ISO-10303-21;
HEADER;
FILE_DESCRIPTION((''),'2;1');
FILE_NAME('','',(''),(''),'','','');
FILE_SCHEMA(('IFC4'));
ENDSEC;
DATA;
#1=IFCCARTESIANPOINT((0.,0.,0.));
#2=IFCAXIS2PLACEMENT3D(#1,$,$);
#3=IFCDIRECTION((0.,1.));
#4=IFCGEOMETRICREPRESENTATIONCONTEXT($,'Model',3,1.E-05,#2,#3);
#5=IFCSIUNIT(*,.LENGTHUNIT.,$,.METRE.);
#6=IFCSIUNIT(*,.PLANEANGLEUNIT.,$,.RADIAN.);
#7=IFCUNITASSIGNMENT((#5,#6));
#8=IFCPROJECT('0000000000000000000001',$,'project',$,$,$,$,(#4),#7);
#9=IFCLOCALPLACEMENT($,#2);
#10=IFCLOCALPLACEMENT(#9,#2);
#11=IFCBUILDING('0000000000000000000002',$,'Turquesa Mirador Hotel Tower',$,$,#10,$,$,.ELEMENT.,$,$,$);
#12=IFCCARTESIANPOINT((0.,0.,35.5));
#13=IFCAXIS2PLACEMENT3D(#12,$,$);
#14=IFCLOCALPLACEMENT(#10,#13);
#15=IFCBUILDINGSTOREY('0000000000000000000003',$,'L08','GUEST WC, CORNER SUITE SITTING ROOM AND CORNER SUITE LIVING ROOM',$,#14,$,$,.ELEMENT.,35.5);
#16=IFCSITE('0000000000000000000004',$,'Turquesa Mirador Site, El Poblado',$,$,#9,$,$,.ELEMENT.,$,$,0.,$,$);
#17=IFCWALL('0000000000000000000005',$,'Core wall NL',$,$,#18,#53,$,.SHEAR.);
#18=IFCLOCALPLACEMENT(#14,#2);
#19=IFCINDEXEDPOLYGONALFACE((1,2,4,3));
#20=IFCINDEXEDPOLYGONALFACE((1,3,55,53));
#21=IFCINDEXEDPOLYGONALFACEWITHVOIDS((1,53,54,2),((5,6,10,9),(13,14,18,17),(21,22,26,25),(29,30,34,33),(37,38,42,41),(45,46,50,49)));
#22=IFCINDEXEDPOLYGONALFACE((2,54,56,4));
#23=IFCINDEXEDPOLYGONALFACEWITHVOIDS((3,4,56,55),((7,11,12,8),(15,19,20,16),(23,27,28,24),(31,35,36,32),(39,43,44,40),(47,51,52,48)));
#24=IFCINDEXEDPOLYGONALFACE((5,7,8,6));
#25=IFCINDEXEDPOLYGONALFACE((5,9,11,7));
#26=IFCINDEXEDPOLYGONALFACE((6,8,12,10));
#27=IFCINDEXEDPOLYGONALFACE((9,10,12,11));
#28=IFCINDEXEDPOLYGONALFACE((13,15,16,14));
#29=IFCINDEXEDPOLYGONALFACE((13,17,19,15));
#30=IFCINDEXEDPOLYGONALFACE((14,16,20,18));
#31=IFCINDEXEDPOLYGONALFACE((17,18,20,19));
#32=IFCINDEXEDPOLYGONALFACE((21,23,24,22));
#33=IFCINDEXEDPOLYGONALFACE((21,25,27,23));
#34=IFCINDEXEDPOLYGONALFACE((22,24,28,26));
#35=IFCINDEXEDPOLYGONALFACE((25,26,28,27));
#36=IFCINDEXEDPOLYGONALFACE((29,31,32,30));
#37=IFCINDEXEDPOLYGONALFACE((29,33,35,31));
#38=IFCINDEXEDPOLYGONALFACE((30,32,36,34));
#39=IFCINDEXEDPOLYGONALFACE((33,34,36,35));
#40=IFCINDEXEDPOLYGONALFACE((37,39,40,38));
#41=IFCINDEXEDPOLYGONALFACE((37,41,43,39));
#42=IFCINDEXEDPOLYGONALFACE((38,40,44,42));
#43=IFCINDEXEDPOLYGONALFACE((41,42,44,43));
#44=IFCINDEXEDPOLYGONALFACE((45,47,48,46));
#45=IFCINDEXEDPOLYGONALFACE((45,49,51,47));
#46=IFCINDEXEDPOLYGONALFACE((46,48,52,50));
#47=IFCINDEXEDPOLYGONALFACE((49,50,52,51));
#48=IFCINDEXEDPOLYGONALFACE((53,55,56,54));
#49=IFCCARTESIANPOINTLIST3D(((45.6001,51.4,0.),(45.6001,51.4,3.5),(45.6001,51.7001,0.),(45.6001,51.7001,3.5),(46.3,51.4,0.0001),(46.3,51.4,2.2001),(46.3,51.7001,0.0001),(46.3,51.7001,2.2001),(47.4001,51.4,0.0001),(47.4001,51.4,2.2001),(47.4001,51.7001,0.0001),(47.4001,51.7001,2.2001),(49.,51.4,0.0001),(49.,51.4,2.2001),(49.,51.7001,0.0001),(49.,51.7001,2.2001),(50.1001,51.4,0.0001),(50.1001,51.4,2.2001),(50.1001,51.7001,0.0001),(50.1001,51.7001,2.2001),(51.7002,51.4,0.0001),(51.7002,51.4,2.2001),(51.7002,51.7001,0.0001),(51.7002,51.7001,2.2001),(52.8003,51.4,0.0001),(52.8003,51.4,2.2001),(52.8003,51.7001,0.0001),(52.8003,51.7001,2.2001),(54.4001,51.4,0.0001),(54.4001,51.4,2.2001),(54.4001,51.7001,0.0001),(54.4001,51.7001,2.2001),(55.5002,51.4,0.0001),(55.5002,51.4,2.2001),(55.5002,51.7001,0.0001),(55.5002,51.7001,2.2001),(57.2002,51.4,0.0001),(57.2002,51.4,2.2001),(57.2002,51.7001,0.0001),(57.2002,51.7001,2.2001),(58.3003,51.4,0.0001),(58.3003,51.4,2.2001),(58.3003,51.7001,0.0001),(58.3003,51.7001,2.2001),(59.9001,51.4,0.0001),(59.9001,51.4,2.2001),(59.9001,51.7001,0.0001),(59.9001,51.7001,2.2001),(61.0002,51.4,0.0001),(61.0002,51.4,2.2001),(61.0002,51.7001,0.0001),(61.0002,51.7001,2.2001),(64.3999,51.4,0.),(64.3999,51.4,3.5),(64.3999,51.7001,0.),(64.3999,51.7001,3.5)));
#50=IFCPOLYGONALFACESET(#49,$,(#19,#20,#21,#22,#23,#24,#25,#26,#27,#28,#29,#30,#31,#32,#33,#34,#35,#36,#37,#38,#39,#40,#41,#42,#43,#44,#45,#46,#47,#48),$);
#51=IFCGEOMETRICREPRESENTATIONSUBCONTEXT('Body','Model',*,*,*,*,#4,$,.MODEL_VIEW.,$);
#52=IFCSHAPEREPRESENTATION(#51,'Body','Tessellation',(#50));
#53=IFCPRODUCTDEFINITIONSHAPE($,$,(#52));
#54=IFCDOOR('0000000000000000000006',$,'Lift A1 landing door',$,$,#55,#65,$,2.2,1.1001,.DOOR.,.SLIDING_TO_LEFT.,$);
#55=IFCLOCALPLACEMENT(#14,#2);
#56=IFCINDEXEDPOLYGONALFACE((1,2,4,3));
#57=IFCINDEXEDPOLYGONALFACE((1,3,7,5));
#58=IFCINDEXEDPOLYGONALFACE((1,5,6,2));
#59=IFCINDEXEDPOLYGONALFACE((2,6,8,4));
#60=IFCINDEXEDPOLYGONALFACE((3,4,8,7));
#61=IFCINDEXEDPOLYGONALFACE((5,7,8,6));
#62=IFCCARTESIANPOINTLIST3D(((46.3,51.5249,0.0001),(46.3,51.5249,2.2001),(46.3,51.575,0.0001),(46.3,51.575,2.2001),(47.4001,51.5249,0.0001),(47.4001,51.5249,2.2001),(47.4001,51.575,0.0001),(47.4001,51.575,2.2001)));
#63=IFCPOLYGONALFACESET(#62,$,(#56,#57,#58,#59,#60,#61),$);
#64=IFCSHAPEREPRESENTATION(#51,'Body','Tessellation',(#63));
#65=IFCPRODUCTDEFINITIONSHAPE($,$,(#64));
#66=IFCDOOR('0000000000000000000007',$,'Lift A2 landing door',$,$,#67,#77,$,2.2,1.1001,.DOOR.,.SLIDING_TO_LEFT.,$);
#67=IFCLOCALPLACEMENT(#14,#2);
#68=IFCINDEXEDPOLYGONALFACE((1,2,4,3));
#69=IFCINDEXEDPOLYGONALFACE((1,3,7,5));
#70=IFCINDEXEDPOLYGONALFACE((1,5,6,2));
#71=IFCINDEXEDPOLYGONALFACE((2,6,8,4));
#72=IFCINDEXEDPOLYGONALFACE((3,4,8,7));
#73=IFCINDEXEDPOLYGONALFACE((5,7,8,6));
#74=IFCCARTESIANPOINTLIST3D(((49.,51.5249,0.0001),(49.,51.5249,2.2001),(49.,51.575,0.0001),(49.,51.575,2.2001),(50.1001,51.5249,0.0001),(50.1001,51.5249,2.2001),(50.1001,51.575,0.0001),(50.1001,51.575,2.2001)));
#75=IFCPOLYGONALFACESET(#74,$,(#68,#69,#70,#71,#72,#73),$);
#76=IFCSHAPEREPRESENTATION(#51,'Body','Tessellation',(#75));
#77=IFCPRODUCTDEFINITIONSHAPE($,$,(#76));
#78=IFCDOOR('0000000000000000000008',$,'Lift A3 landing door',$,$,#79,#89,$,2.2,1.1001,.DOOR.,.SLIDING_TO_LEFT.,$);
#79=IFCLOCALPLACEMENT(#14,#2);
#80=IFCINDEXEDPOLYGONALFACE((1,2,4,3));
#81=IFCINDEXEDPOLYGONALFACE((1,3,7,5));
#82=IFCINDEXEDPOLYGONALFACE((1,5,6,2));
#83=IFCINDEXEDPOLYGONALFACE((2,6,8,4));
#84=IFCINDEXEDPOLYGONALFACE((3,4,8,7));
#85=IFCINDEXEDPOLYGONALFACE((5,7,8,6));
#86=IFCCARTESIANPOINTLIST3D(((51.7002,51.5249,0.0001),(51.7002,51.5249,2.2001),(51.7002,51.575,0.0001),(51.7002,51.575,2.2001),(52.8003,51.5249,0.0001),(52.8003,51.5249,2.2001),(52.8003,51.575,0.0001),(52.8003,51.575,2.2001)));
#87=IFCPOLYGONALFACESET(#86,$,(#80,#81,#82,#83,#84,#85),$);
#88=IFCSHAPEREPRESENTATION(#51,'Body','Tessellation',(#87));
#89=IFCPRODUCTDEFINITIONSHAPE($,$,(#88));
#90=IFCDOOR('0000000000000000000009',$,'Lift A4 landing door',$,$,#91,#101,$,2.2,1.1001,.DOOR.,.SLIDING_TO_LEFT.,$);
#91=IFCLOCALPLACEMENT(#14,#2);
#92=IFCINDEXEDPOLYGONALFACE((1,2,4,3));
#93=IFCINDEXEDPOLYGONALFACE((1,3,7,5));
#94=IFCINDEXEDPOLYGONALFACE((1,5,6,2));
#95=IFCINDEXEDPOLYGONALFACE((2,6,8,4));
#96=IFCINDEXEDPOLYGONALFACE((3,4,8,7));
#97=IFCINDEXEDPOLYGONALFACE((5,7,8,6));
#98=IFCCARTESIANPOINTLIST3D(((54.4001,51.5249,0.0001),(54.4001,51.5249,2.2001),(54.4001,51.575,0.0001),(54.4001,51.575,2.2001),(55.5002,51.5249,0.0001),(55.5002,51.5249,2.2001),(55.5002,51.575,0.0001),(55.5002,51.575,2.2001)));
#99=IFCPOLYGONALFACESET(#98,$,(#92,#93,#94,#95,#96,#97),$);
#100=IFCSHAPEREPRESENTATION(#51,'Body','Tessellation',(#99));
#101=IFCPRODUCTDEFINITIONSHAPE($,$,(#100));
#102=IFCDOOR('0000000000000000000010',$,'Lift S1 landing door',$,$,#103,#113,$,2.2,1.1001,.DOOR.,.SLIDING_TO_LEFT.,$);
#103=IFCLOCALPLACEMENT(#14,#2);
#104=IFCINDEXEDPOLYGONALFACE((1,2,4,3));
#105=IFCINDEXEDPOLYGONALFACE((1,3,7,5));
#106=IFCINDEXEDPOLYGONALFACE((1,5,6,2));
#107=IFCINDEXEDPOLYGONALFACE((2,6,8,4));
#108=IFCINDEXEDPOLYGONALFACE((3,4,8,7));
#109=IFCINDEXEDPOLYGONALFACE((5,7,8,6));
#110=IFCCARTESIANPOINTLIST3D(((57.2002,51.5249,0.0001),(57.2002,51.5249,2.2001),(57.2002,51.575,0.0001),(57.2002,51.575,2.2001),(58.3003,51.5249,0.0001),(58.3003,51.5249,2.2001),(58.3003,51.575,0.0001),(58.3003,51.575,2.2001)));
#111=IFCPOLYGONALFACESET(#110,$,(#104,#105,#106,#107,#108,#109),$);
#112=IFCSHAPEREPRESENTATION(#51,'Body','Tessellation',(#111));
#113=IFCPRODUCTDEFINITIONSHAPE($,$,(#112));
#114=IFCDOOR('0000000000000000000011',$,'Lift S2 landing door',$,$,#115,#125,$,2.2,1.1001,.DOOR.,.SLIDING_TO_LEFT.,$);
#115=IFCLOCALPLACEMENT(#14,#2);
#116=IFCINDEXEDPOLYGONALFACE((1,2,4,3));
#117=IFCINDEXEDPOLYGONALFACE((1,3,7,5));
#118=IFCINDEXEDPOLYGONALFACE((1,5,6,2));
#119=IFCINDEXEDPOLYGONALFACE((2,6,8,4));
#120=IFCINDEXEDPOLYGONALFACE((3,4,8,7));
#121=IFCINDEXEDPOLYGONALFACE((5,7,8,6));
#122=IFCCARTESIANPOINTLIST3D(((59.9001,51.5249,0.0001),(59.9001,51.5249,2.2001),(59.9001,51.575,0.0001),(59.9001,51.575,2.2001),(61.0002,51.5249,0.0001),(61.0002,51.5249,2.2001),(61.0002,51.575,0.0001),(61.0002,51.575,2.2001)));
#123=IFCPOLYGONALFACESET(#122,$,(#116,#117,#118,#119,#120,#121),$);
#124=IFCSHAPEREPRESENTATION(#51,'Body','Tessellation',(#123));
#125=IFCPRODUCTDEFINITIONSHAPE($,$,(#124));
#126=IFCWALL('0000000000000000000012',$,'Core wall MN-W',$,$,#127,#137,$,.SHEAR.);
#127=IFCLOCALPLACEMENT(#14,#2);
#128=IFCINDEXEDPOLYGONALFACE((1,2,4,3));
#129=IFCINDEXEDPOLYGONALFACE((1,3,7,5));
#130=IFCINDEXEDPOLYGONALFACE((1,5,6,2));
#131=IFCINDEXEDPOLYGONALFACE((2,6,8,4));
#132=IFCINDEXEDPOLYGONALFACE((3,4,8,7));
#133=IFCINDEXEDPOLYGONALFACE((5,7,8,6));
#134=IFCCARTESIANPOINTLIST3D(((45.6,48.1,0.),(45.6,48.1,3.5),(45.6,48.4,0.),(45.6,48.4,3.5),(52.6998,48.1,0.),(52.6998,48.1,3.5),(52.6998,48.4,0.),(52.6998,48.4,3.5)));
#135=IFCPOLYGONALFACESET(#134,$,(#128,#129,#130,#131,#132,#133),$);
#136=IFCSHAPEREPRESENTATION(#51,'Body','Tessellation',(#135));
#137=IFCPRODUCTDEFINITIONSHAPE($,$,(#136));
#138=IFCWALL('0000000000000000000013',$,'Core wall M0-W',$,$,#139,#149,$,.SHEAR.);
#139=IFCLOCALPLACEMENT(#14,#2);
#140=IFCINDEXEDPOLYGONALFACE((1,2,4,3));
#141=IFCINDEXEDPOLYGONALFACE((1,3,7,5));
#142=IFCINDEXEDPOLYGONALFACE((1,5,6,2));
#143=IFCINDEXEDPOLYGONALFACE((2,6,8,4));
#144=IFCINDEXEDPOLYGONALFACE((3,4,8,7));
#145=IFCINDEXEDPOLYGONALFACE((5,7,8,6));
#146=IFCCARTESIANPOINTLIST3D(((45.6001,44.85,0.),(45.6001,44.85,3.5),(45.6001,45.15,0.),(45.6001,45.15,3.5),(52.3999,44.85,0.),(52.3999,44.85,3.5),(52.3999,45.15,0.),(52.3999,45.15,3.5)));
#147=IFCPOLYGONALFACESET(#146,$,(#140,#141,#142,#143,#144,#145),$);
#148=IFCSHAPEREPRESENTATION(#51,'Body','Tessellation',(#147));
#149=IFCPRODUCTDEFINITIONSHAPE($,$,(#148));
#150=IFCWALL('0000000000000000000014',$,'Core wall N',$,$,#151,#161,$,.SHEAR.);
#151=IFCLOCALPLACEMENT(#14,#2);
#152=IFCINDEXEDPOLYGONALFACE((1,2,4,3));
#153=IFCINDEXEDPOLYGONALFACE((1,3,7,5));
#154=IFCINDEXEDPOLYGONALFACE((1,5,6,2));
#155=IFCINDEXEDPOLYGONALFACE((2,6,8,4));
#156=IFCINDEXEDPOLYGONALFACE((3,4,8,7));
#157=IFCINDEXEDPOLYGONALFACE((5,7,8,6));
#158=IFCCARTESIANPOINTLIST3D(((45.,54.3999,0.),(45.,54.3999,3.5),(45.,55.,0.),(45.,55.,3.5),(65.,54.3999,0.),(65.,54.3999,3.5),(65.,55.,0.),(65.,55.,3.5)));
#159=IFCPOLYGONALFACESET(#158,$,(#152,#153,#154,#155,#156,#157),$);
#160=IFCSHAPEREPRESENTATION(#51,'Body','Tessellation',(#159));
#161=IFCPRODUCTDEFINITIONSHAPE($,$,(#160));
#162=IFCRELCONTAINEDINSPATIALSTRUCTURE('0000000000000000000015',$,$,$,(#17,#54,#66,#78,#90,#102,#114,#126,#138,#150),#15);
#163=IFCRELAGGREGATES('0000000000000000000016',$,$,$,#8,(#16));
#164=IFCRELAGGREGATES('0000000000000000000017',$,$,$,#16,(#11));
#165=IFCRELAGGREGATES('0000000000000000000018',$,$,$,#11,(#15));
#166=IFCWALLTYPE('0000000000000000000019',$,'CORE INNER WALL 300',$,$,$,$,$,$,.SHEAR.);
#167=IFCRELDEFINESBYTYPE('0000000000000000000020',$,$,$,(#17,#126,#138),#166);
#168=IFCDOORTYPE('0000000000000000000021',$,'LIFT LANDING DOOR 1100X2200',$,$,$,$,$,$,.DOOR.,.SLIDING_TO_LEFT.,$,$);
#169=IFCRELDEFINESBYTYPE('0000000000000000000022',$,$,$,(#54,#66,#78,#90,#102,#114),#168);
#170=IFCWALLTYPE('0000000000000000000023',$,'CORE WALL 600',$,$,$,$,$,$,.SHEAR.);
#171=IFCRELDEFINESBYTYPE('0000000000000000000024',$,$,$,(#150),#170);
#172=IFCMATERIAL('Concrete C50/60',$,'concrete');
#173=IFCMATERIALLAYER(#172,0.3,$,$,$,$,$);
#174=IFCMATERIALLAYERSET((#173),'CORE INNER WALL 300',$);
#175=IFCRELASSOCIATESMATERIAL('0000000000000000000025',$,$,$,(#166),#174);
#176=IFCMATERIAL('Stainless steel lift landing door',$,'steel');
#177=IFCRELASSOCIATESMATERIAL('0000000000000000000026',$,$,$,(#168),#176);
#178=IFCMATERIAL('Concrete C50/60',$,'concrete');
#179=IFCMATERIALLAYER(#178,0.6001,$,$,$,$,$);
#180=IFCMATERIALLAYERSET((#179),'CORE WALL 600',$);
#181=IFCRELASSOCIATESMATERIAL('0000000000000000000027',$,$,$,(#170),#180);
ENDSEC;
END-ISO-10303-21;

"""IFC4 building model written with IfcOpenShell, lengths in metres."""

from ifc_helpers import new_model, si_unit, direction, frame, frame_2d, origin, place, context, subcontext, project, spatial, rectangle, extrude, material, layer, layer_set, type_object, element, fill, save


model = new_model("IFC4")

# Units and contexts
model_context = context("Model", 3, precision=1e-05, world=origin(), true_north=direction((0.0, 1.0)))
body_context = subcontext(model_context, "Body", "Model", "MODEL_VIEW")
ifc_project = project(units=[si_unit("LENGTHUNIT", "METRE"), si_unit("PLANEANGLEUNIT", "RADIAN")], contexts=[model_context])

# Site, building, storey
site_placement = place(None, origin())
site = spatial("IfcSite", under=ifc_project, at=site_placement, Name="Turquesa Mirador Site, El Poblado", CompositionType="ELEMENT", RefElevation=0.0)
building_placement = place(site_placement, origin())
building = spatial("IfcBuilding", under=site, at=building_placement, Name="Turquesa Mirador Hotel Tower", CompositionType="ELEMENT")
storey_placement = place(building_placement, frame((0.0, 0.0, 35.5)))
storey = spatial("IfcBuildingStorey", under=building, at=storey_placement, Name="L08", Description="GUEST WC, CORNER SUITE SITTING ROOM AND CORNER SUITE LIVING ROOM", CompositionType="ELEMENT", Elevation=35.5)

# Wall, openings, doors
ifc_material_1 = material(Name="Concrete C50/60", Category="concrete")
ifc_layer_1 = layer(ifc_material_1, 0.3)
ifc_layer_set_1 = layer_set([ifc_layer_1], Name="CORE INNER WALL 300")
wall_type_1 = type_object("IfcWallType", Name="CORE INNER WALL 300", PredefinedType="SHEAR", material=ifc_layer_set_1)
wall_1_placement = place(storey_placement, frame((45.6001, 51.55, 0.0), z_axis=(0.0, 0.0, 1.0), x_axis=(1.0, 0.0, 0.0)))
wall_1 = element("IfcWall", 1, at=wall_1_placement, inside=storey, type_object=wall_type_1, Name="Core wall NL", PredefinedType="SHEAR", context=body_context, shape_type="SweptSolid", body=[
    extrude(rectangle(XDim=18.7998, YDim=0.3, at=frame_2d((9.3999, 0.0))), origin(), (0.0, 0.0, 1.0), 3.5),
])
opening_1_placement = place(wall_1_placement, frame((0.7, 0.0, 0.0)))
opening_1 = element("IfcOpeningElement", 2, at=opening_1_placement, cuts=wall_1, PredefinedType="OPENING", context=body_context, shape_type="SweptSolid", body=[
    extrude(rectangle(XDim=1.1001, YDim=2.2, at=frame_2d((0.55, 1.1001))), frame((0.0, 0.1599, 0.0), z_axis=(0.0, -1.0, 0.0), x_axis=(1.0, 0.0, 0.0)), (0.0, 0.0, 1.0), 0.3201),
])
opening_2_placement = place(wall_1_placement, frame((3.3999, 0.0, 0.0)))
opening_2 = element("IfcOpeningElement", 3, at=opening_2_placement, cuts=wall_1, PredefinedType="OPENING", context=body_context, shape_type="SweptSolid", body=[
    extrude(rectangle(XDim=1.1001, YDim=2.2, at=frame_2d((0.55, 1.1001))), frame((0.0, 0.1599, 0.0), z_axis=(0.0, -1.0, 0.0), x_axis=(1.0, 0.0, 0.0)), (0.0, 0.0, 1.0), 0.3201),
])
opening_3_placement = place(wall_1_placement, frame((6.1001, 0.0, 0.0)))
opening_3 = element("IfcOpeningElement", 4, at=opening_3_placement, cuts=wall_1, PredefinedType="OPENING", context=body_context, shape_type="SweptSolid", body=[
    extrude(rectangle(XDim=1.1001, YDim=2.2, at=frame_2d((0.55, 1.1001))), frame((0.0, 0.1599, 0.0), z_axis=(0.0, -1.0, 0.0), x_axis=(1.0, 0.0, 0.0)), (0.0, 0.0, 1.0), 0.3201),
])
opening_4_placement = place(wall_1_placement, frame((8.8, 0.0, 0.0)))
opening_4 = element("IfcOpeningElement", 5, at=opening_4_placement, cuts=wall_1, PredefinedType="OPENING", context=body_context, shape_type="SweptSolid", body=[
    extrude(rectangle(XDim=1.1001, YDim=2.2, at=frame_2d((0.55, 1.1001))), frame((0.0, 0.1599, 0.0), z_axis=(0.0, -1.0, 0.0), x_axis=(1.0, 0.0, 0.0)), (0.0, 0.0, 1.0), 0.3201),
])
opening_5_placement = place(wall_1_placement, frame((11.6001, 0.0, 0.0)))
opening_5 = element("IfcOpeningElement", 6, at=opening_5_placement, cuts=wall_1, PredefinedType="OPENING", context=body_context, shape_type="SweptSolid", body=[
    extrude(rectangle(XDim=1.1001, YDim=2.2, at=frame_2d((0.55, 1.1001))), frame((0.0, 0.1599, 0.0), z_axis=(0.0, -1.0, 0.0), x_axis=(1.0, 0.0, 0.0)), (0.0, 0.0, 1.0), 0.3201),
])
opening_6_placement = place(wall_1_placement, frame((14.3, 0.0, 0.0)))
opening_6 = element("IfcOpeningElement", 7, at=opening_6_placement, cuts=wall_1, PredefinedType="OPENING", context=body_context, shape_type="SweptSolid", body=[
    extrude(rectangle(XDim=1.1001, YDim=2.2, at=frame_2d((0.55, 1.1001))), frame((0.0, 0.1599, 0.0), z_axis=(0.0, -1.0, 0.0), x_axis=(1.0, 0.0, 0.0)), (0.0, 0.0, 1.0), 0.3201),
])
ifc_material_2 = material(Name="Stainless steel lift landing door", Category="steel")
door_type_1 = type_object("IfcDoorType", Name="LIFT LANDING DOOR 1100X2200", OperationType="SLIDING_TO_LEFT", PredefinedType="DOOR", material=ifc_material_2)
door_1_placement = place(opening_1_placement, origin())
door_1 = element("IfcDoor", 8, at=door_1_placement, inside=storey, type_object=door_type_1, Name="Lift A1 landing door", OperationType="SLIDING_TO_LEFT", OverallHeight=2.2, OverallWidth=1.1001, PredefinedType="DOOR", context=body_context, shape_type="SweptSolid", body=[
    extrude(rectangle(XDim=1.1001, YDim=2.2, at=frame_2d((0.55, 1.1001))), frame((0.0, 0.0249, 0.0), z_axis=(0.0, -1.0, 0.0), x_axis=(1.0, 0.0, 0.0)), (0.0, 0.0, 1.0), 0.05),
])
fill(opening_1, door_1)
door_2_placement = place(opening_2_placement, origin())
door_2 = element("IfcDoor", 9, at=door_2_placement, inside=storey, type_object=door_type_1, Name="Lift A2 landing door", OperationType="SLIDING_TO_LEFT", OverallHeight=2.2, OverallWidth=1.1001, PredefinedType="DOOR", context=body_context, shape_type="SweptSolid", body=[
    extrude(rectangle(XDim=1.1001, YDim=2.2, at=frame_2d((0.55, 1.1001))), frame((0.0, 0.0249, 0.0), z_axis=(0.0, -1.0, 0.0), x_axis=(1.0, 0.0, 0.0)), (0.0, 0.0, 1.0), 0.05),
])
fill(opening_2, door_2)
door_3_placement = place(opening_3_placement, origin())
door_3 = element("IfcDoor", 10, at=door_3_placement, inside=storey, type_object=door_type_1, Name="Lift A3 landing door", OperationType="SLIDING_TO_LEFT", OverallHeight=2.2, OverallWidth=1.1001, PredefinedType="DOOR", context=body_context, shape_type="SweptSolid", body=[
    extrude(rectangle(XDim=1.1001, YDim=2.2, at=frame_2d((0.55, 1.1001))), frame((0.0, 0.0249, 0.0), z_axis=(0.0, -1.0, 0.0), x_axis=(1.0, 0.0, 0.0)), (0.0, 0.0, 1.0), 0.05),
])
fill(opening_3, door_3)
door_4_placement = place(opening_4_placement, origin())
door_4 = element("IfcDoor", 11, at=door_4_placement, inside=storey, type_object=door_type_1, Name="Lift A4 landing door", OperationType="SLIDING_TO_LEFT", OverallHeight=2.2, OverallWidth=1.1001, PredefinedType="DOOR", context=body_context, shape_type="SweptSolid", body=[
    extrude(rectangle(XDim=1.1001, YDim=2.2, at=frame_2d((0.55, 1.1001))), frame((0.0, 0.0249, 0.0), z_axis=(0.0, -1.0, 0.0), x_axis=(1.0, 0.0, 0.0)), (0.0, 0.0, 1.0), 0.05),
])
fill(opening_4, door_4)
door_5_placement = place(opening_5_placement, origin())
door_5 = element("IfcDoor", 12, at=door_5_placement, inside=storey, type_object=door_type_1, Name="Lift S1 landing door", OperationType="SLIDING_TO_LEFT", OverallHeight=2.2, OverallWidth=1.1001, PredefinedType="DOOR", context=body_context, shape_type="SweptSolid", body=[
    extrude(rectangle(XDim=1.1001, YDim=2.2, at=frame_2d((0.55, 1.1001))), frame((0.0, 0.0249, 0.0), z_axis=(0.0, -1.0, 0.0), x_axis=(1.0, 0.0, 0.0)), (0.0, 0.0, 1.0), 0.05),
])
fill(opening_5, door_5)
door_6_placement = place(opening_6_placement, origin())
door_6 = element("IfcDoor", 13, at=door_6_placement, inside=storey, type_object=door_type_1, Name="Lift S2 landing door", OperationType="SLIDING_TO_LEFT", OverallHeight=2.2, OverallWidth=1.1001, PredefinedType="DOOR", context=body_context, shape_type="SweptSolid", body=[
    extrude(rectangle(XDim=1.1001, YDim=2.2, at=frame_2d((0.55, 1.1001))), frame((0.0, 0.0249, 0.0), z_axis=(0.0, -1.0, 0.0), x_axis=(1.0, 0.0, 0.0)), (0.0, 0.0, 1.0), 0.05),
])
fill(opening_6, door_6)

# Walls
wall_2_placement = place(storey_placement, frame((45.6001, 48.25, 0.0), z_axis=(0.0, 0.0, 1.0), x_axis=(1.0, 0.0, 0.0)))
element("IfcWall", 14, at=wall_2_placement, inside=storey, type_object=wall_type_1, Name="Core wall MN-W", PredefinedType="SHEAR", context=body_context, shape_type="SweptSolid", body=[
    extrude(rectangle(XDim=7.0999, YDim=0.3, at=frame_2d((3.5498, 0.0))), origin(), (0.0, 0.0, 1.0), 3.5),
])
wall_3_placement = place(storey_placement, frame((45.6001, 45.0, 0.0), z_axis=(0.0, 0.0, 1.0), x_axis=(1.0, 0.0, 0.0)))
element("IfcWall", 15, at=wall_3_placement, inside=storey, type_object=wall_type_1, Name="Core wall M0-W", PredefinedType="SHEAR", context=body_context, shape_type="SweptSolid", body=[
    extrude(rectangle(XDim=6.7998, YDim=0.3, at=frame_2d((3.3999, 0.0))), origin(), (0.0, 0.0, 1.0), 3.5),
])
ifc_material_3 = material(Name="Concrete C50/60", Category="concrete")
ifc_layer_2 = layer(ifc_material_3, 0.6001)
ifc_layer_set_2 = layer_set([ifc_layer_2], Name="CORE WALL 600")
wall_type_2 = type_object("IfcWallType", Name="CORE WALL 600", PredefinedType="SHEAR", material=ifc_layer_set_2)
wall_4_placement = place(storey_placement, frame((45.0, 54.7, 0.0), z_axis=(0.0, 0.0, 1.0), x_axis=(1.0, 0.0, 0.0)))
element("IfcWall", 16, at=wall_4_placement, inside=storey, type_object=wall_type_2, Name="Core wall N", PredefinedType="SHEAR", context=body_context, shape_type="SweptSolid", body=[
    extrude(rectangle(XDim=20.0, YDim=0.6001, at=frame_2d((10.0, 0.0))), origin(), (0.0, 0.0, 1.0), 3.5),
])

save(model, "model.ifc")
